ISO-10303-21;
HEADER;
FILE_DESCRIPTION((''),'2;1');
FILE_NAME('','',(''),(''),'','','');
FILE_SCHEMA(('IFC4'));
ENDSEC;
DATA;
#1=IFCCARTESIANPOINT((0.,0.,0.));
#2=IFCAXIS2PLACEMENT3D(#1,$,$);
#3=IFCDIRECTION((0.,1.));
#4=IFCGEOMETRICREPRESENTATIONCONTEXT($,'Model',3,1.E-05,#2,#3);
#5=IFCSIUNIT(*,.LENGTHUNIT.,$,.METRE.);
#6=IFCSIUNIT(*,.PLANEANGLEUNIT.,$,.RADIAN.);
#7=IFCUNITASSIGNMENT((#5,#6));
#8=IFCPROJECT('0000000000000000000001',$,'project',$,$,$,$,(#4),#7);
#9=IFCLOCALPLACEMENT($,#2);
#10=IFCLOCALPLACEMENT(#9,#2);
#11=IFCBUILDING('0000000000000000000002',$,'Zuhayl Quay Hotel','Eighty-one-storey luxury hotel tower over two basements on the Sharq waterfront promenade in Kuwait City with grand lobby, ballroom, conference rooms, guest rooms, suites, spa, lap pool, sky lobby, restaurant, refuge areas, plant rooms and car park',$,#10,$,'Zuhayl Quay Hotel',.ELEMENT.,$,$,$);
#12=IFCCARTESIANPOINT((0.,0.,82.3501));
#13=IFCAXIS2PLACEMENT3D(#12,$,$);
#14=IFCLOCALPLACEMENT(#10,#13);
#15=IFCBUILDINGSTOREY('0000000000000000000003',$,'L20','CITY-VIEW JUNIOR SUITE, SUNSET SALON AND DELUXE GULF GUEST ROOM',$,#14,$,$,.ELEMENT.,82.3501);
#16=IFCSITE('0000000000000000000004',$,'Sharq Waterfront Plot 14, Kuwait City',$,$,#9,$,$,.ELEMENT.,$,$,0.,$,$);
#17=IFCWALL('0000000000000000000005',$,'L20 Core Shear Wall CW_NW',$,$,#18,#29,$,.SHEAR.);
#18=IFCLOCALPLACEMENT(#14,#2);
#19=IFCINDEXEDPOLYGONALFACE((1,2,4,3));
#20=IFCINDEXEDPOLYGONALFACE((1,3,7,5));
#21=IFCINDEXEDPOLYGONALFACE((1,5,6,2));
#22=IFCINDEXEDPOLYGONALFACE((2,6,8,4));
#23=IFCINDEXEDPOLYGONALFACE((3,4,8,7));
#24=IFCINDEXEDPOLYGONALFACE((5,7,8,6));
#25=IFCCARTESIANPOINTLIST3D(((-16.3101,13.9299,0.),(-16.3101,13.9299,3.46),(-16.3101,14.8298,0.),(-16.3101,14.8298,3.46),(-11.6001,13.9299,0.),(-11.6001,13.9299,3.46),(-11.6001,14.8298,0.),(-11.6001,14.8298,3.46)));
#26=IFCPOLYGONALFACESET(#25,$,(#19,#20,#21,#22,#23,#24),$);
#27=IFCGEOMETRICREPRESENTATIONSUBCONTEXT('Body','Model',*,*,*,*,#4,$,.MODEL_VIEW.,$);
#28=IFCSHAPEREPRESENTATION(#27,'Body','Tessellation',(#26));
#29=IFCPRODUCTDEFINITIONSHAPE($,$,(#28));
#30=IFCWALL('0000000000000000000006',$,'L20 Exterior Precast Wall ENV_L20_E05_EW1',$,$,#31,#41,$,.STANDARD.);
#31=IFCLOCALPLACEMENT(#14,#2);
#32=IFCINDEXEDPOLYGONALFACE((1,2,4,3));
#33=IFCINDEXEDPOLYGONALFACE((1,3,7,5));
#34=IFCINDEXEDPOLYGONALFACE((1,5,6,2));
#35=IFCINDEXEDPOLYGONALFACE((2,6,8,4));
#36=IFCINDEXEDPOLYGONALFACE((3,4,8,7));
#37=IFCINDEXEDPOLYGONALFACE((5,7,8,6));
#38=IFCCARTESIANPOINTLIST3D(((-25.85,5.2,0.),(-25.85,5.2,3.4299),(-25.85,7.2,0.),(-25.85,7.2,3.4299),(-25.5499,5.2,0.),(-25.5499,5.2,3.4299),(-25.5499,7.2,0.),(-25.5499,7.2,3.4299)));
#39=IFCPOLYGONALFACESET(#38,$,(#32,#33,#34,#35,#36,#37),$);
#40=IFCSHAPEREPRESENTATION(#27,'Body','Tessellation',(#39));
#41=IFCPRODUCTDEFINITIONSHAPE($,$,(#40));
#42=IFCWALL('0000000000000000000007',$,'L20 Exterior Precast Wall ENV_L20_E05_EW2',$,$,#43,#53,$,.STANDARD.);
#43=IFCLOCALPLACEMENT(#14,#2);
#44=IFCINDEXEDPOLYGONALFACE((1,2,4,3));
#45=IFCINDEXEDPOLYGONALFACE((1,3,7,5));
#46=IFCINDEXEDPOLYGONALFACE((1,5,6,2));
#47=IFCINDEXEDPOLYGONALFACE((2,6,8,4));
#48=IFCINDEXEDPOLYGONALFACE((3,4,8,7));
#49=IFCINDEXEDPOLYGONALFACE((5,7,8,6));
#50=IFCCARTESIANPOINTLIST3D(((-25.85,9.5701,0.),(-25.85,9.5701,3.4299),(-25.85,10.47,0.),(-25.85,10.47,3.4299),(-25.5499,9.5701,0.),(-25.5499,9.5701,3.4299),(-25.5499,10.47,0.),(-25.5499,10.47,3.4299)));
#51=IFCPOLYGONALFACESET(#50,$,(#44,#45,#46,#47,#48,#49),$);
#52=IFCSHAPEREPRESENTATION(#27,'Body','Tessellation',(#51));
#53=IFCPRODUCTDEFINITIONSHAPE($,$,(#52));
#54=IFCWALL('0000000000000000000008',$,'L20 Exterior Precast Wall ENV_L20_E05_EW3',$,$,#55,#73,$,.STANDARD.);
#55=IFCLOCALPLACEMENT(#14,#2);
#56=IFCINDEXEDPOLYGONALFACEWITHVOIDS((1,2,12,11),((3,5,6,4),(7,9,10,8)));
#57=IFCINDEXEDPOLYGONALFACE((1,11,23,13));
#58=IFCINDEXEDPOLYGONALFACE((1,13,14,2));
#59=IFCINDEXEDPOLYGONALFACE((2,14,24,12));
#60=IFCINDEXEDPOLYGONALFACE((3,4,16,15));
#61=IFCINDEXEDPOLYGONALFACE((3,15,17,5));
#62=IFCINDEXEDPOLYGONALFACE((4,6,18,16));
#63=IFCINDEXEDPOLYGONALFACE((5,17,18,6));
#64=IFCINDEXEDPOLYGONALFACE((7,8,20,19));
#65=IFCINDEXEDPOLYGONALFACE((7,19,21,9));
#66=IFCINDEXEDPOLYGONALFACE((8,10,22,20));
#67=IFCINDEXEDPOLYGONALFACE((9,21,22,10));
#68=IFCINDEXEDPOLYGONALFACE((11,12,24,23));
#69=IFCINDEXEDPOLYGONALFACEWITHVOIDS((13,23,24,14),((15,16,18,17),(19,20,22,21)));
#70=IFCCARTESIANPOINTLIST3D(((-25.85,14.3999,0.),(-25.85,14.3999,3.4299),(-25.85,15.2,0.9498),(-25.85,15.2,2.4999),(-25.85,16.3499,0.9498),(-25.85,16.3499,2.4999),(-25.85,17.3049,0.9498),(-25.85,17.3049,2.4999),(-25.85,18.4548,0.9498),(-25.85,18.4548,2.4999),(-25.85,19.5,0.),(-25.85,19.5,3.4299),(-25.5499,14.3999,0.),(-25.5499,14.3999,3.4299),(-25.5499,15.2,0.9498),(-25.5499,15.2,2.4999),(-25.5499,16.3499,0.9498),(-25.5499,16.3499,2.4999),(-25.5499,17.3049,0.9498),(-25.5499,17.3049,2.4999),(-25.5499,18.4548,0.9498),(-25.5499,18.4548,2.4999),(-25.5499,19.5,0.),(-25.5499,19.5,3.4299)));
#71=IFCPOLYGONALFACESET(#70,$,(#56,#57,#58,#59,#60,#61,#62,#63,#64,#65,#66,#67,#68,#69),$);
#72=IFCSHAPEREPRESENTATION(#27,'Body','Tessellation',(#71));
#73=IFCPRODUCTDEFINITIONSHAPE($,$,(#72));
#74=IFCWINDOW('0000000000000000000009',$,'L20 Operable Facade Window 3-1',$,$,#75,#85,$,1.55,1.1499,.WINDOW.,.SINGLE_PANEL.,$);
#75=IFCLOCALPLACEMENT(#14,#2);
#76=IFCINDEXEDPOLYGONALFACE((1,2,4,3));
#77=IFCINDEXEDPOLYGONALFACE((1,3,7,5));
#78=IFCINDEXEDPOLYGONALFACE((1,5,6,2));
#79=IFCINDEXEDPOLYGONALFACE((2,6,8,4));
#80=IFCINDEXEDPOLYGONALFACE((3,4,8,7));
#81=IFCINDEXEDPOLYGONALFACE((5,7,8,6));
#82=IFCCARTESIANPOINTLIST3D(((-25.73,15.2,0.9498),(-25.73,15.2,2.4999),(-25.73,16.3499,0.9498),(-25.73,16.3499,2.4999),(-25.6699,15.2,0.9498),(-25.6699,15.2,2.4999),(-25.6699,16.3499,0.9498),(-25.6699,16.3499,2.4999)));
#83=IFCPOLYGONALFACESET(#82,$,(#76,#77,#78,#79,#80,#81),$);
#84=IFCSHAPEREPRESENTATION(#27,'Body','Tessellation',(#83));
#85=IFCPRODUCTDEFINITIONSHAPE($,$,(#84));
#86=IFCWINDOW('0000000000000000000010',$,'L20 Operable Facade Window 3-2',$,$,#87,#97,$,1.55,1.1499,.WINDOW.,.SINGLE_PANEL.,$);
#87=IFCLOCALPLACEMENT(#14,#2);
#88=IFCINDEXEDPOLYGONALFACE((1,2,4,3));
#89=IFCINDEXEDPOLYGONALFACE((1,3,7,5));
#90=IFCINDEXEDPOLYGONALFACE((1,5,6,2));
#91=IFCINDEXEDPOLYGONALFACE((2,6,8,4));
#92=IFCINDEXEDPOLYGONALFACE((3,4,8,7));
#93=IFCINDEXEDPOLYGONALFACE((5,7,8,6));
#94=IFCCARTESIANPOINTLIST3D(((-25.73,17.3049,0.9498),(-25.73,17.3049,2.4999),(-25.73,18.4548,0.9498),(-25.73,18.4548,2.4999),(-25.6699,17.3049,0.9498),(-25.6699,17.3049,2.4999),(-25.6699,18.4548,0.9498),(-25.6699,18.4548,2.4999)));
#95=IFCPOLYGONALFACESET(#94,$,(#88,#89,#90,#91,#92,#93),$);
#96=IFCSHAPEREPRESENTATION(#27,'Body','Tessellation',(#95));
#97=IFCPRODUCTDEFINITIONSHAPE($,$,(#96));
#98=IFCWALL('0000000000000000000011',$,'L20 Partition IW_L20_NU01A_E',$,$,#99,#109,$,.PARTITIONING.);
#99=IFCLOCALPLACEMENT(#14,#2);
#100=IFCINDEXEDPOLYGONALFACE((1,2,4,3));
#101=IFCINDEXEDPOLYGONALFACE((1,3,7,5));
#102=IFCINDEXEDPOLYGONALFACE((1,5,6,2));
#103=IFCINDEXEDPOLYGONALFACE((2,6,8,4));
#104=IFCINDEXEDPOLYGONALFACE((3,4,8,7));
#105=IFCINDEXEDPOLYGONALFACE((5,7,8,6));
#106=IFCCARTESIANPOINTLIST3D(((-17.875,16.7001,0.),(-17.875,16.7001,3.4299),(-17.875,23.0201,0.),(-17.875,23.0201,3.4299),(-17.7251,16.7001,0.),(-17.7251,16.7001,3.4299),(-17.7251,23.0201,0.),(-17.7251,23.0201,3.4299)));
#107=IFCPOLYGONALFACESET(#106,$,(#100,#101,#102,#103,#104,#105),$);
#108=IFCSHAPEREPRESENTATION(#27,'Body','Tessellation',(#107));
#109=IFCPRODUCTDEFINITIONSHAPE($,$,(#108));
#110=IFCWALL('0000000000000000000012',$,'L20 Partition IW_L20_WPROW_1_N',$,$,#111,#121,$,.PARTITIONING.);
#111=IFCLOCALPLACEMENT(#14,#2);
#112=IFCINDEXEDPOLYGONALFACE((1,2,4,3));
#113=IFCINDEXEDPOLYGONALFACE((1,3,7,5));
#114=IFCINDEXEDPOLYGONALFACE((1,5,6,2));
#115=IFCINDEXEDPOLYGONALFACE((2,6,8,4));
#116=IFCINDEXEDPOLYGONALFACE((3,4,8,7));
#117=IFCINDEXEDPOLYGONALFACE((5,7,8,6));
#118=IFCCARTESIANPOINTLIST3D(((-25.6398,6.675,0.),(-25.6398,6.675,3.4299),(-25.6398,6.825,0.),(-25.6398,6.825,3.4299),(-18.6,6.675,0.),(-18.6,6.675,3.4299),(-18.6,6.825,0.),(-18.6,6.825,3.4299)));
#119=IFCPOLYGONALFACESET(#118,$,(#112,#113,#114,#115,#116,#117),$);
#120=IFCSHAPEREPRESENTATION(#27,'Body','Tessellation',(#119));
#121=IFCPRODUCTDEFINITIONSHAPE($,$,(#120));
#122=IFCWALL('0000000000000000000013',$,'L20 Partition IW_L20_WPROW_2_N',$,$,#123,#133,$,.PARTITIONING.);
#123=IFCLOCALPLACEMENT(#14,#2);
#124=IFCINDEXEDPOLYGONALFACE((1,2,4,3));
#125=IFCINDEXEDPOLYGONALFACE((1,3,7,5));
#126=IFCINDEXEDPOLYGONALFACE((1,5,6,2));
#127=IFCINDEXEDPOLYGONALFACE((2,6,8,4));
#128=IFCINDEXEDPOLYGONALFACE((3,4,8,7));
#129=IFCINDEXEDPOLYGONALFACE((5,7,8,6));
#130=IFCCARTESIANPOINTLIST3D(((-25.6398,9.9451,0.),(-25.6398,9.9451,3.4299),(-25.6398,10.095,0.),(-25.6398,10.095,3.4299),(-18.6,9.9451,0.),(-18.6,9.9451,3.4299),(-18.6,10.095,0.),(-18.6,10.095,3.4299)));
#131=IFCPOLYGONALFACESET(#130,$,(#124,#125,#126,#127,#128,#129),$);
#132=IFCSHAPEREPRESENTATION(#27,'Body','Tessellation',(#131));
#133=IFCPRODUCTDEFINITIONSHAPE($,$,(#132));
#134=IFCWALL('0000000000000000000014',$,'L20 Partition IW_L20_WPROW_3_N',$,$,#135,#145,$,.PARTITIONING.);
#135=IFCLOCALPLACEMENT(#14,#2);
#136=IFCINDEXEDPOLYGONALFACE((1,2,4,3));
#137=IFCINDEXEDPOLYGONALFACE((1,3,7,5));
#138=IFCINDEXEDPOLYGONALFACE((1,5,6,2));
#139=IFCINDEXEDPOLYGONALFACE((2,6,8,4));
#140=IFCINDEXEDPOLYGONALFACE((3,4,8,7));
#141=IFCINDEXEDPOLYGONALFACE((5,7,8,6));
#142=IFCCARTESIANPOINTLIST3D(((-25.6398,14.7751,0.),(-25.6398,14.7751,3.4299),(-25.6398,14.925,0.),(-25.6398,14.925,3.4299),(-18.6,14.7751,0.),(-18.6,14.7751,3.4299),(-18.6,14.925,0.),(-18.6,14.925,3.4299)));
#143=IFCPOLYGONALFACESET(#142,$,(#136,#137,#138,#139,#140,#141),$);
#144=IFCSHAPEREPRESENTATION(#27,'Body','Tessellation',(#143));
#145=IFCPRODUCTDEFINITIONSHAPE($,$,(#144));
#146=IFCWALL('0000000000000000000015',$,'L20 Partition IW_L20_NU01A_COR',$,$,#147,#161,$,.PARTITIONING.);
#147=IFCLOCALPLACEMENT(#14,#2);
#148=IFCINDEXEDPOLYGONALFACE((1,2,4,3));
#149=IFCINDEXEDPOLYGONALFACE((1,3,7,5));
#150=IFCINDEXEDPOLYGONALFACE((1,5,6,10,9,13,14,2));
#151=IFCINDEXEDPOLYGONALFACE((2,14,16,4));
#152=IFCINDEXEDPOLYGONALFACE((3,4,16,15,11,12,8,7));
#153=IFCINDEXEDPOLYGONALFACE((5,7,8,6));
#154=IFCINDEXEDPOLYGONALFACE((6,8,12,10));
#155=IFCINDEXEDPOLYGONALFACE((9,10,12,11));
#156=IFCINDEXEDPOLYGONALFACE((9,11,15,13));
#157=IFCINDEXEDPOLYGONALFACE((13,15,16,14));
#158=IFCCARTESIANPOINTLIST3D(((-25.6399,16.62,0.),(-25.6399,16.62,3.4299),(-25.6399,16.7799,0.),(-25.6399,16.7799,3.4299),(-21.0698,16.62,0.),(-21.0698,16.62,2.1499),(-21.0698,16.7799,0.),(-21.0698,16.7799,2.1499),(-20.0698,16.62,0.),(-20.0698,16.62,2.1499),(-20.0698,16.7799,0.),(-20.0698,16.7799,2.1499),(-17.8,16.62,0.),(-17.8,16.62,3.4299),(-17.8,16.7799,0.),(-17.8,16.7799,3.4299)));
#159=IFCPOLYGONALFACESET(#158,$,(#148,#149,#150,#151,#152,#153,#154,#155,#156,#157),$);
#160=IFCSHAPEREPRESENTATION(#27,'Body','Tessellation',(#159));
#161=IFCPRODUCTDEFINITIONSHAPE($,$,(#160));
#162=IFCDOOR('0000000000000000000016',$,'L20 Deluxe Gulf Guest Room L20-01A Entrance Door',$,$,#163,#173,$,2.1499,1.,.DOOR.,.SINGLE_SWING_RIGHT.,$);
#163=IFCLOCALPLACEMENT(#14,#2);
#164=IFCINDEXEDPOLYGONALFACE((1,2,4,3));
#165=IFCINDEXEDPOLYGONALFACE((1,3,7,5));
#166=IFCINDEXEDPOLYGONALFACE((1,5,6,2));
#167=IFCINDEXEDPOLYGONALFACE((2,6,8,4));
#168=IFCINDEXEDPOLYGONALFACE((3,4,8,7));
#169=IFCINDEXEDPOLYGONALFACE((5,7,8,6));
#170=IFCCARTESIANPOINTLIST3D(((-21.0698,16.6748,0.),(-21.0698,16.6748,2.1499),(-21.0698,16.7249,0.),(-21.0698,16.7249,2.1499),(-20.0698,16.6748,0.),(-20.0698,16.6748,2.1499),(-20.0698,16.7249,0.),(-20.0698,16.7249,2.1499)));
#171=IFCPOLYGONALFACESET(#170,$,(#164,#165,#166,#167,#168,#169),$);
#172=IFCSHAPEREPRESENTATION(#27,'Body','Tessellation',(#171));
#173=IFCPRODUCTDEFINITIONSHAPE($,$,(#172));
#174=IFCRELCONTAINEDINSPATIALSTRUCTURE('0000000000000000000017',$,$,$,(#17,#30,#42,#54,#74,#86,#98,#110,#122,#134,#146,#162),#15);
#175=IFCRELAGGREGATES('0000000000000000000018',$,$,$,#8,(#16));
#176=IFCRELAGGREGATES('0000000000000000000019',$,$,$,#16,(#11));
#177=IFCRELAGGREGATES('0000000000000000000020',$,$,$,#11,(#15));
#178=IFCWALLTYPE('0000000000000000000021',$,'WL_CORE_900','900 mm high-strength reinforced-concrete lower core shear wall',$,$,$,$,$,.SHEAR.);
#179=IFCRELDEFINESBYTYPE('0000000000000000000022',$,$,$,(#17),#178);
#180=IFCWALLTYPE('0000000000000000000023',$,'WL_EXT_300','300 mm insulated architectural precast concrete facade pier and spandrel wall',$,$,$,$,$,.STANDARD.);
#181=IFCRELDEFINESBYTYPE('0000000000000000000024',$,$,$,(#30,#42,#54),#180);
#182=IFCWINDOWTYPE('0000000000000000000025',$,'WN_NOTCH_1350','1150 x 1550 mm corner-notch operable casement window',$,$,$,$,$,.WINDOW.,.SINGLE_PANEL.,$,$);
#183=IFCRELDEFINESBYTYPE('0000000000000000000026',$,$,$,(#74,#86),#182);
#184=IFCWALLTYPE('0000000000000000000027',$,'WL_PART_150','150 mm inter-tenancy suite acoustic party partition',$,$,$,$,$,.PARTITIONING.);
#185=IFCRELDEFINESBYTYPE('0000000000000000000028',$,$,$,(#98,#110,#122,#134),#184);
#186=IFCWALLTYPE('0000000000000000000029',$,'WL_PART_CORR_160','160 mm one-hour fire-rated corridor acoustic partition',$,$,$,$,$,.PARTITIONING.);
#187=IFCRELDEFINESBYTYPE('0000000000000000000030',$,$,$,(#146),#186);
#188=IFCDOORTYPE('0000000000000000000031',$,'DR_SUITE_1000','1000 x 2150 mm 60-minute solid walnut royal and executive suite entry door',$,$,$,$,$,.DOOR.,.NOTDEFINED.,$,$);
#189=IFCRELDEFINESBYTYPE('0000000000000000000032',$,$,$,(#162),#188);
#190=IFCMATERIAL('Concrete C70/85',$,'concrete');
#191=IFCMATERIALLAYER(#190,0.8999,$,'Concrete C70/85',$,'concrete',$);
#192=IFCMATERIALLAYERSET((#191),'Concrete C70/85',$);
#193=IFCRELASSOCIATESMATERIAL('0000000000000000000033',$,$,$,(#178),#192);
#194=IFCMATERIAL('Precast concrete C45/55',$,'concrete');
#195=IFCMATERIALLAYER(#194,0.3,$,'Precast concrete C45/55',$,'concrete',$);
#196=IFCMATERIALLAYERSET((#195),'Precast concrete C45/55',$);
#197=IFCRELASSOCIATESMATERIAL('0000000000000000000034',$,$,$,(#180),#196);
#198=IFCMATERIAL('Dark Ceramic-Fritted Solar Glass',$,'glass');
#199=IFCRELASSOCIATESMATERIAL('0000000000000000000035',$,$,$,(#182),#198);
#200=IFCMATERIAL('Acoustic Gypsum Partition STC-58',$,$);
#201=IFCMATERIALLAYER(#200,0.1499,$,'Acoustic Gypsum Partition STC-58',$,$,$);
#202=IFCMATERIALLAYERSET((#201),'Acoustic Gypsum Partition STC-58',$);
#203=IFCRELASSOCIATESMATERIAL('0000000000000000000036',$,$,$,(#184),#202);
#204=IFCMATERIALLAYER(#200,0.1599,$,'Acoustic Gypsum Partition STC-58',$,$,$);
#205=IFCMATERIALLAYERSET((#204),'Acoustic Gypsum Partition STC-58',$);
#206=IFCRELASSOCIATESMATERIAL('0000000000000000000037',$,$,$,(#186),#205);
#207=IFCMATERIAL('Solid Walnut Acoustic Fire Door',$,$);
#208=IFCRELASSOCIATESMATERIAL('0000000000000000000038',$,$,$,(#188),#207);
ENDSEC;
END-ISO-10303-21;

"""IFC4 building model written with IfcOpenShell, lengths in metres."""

from ifc_helpers import new_model, si_unit, direction, frame, frame_2d, origin, place, context, subcontext, project, spatial, rectangle, extrude, material, layer, layer_set, type_object, element, fill, save


model = new_model("IFC4")

# Units and contexts
model_context = context("Model", 3, precision=1e-05, world=origin(), true_north=direction((0.0, 1.0)))
body_context = subcontext(model_context, "Body", "Model", "MODEL_VIEW")
ifc_project = project(units=[si_unit("LENGTHUNIT", "METRE"), si_unit("PLANEANGLEUNIT", "RADIAN")], contexts=[model_context])

# Site, building, storey
site_placement = place(None, origin())
site = spatial("IfcSite", under=ifc_project, at=site_placement, Name="Sharq Waterfront Plot 14, Kuwait City", CompositionType="ELEMENT", RefElevation=0.0)
building_placement = place(site_placement, origin())
building = spatial("IfcBuilding", under=site, at=building_placement, Name="Zuhayl Quay Hotel", Description="Eighty-one-storey luxury hotel tower over two basements on the Sharq waterfront promenade in Kuwait City with grand lobby, ballroom, conference rooms, guest rooms, suites, spa, lap pool, sky lobby, restaurant, refuge areas, plant rooms and car park", LongName="Zuhayl Quay Hotel", CompositionType="ELEMENT")
storey_placement = place(building_placement, frame((0.0, 0.0, 82.3501)))
storey = spatial("IfcBuildingStorey", under=building, at=storey_placement, Name="L20", Description="CITY-VIEW JUNIOR SUITE, SUNSET SALON AND DELUXE GULF GUEST ROOM", CompositionType="ELEMENT", Elevation=82.3501)

# Shared definitions
ifc_material_1 = material(Name="Concrete C70/85", Category="concrete")

# Shared definitions
ifc_material_2 = material(Name="Dark Ceramic-Fritted Solar Glass", Category="glass")

# Walls
ifc_layer_1 = layer(ifc_material_1, 0.8999, Name="Concrete C70/85", Category="concrete")
ifc_layer_set_1 = layer_set([ifc_layer_1], Name="Concrete C70/85")
wall_type_1 = type_object("IfcWallType", Name="WL_CORE_900", Description="900 mm high-strength reinforced-concrete lower core shear wall", PredefinedType="SHEAR", material=ifc_layer_set_1)
wall_1_placement = place(storey_placement, frame((-16.3101, 14.3799, 0.0), z_axis=(0.0, 0.0, 1.0), x_axis=(1.0, 0.0, 0.0)))
element("IfcWall", 1, at=wall_1_placement, inside=storey, type_object=wall_type_1, Name="L20 Core Shear Wall CW_NW", PredefinedType="SHEAR", context=body_context, shape_type="SweptSolid", body=[
    extrude(rectangle(XDim=4.71, YDim=0.8999, at=frame_2d((2.355, 0.0))), origin(), (0.0, 0.0, 1.0), 3.46),
])
ifc_material_3 = material(Name="Precast concrete C45/55", Category="concrete")
ifc_layer_2 = layer(ifc_material_3, 0.3, Name="Precast concrete C45/55", Category="concrete")
ifc_layer_set_2 = layer_set([ifc_layer_2], Name="Precast concrete C45/55")
wall_type_2 = type_object("IfcWallType", Name="WL_EXT_300", Description="300 mm insulated architectural precast concrete facade pier and spandrel wall", PredefinedType="STANDARD", material=ifc_layer_set_2)
wall_2_placement = place(storey_placement, frame((-25.7, 5.2, 0.0), z_axis=(0.0, 0.0, 1.0), x_axis=(0.0, 1.0, 0.0)))
element("IfcWall", 2, at=wall_2_placement, inside=storey, type_object=wall_type_2, Name="L20 Exterior Precast Wall ENV_L20_E05_EW1", PredefinedType="STANDARD", context=body_context, shape_type="SweptSolid", body=[
    extrude(rectangle(XDim=2.0, YDim=0.3, at=frame_2d((1.0, 0.0))), origin(), (0.0, 0.0, 1.0), 3.4299),
])
wall_3_placement = place(storey_placement, frame((-25.7, 9.5701, 0.0), z_axis=(0.0, 0.0, 1.0), x_axis=(0.0, 1.0, 0.0)))
element("IfcWall", 3, at=wall_3_placement, inside=storey, type_object=wall_type_2, Name="L20 Exterior Precast Wall ENV_L20_E05_EW2", PredefinedType="STANDARD", context=body_context, shape_type="SweptSolid", body=[
    extrude(rectangle(XDim=0.8999, YDim=0.3, at=frame_2d((0.45, 0.0))), origin(), (0.0, 0.0, 1.0), 3.4299),
])

# Wall, openings, windows
wall_4_placement = place(storey_placement, frame((-25.7, 14.3999, 0.0), z_axis=(0.0, 0.0, 1.0), x_axis=(0.0, 1.0, 0.0)))
wall_4 = element("IfcWall", 4, at=wall_4_placement, inside=storey, type_object=wall_type_2, Name="L20 Exterior Precast Wall ENV_L20_E05_EW3", PredefinedType="STANDARD", context=body_context, shape_type="SweptSolid", body=[
    extrude(rectangle(XDim=5.1001, YDim=0.3, at=frame_2d((2.55, 0.0))), origin(), (0.0, 0.0, 1.0), 3.4299),
])
opening_1_placement = place(wall_4_placement, frame((0.8, 0.0, 0.95)))
opening_1 = element("IfcOpeningElement", 5, at=opening_1_placement, cuts=wall_4, PredefinedType="OPENING", context=body_context, shape_type="SweptSolid", body=[
    extrude(rectangle(XDim=1.1499, YDim=1.55, at=frame_2d((0.575, 0.7749))), frame((0.0, 0.1599, 0.0), z_axis=(0.0, -1.0, 0.0), x_axis=(1.0, 0.0, 0.0)), (0.0, 0.0, 1.0), 0.3201),
])
opening_2_placement = place(wall_4_placement, frame((2.905, 0.0, 0.95)))
opening_2 = element("IfcOpeningElement", 6, at=opening_2_placement, cuts=wall_4, PredefinedType="OPENING", context=body_context, shape_type="SweptSolid", body=[
    extrude(rectangle(XDim=1.1499, YDim=1.55, at=frame_2d((0.575, 0.7749))), frame((0.0, 0.1599, 0.0), z_axis=(0.0, -1.0, 0.0), x_axis=(1.0, 0.0, 0.0)), (0.0, 0.0, 1.0), 0.3201),
])
window_type = type_object("IfcWindowType", Name="WN_NOTCH_1350", Description="1150 x 1550 mm corner-notch operable casement window", PartitioningType="SINGLE_PANEL", PredefinedType="WINDOW", material=ifc_material_2)
window_1_placement = place(opening_1_placement, origin())
window_1 = element("IfcWindow", 7, at=window_1_placement, inside=storey, type_object=window_type, Name="L20 Operable Facade Window 3-1", OverallHeight=1.55, OverallWidth=1.1499, PartitioningType="SINGLE_PANEL", PredefinedType="WINDOW", context=body_context, shape_type="SweptSolid", body=[
    extrude(rectangle(XDim=1.1499, YDim=1.55, at=frame_2d((0.575, 0.7749))), frame((0.0, 0.03, 0.0), z_axis=(0.0, -1.0, 0.0), x_axis=(1.0, 0.0, 0.0)), (0.0, 0.0, 1.0), 0.0601),
])
fill(opening_1, window_1)
window_2_placement = place(opening_2_placement, origin())
window_2 = element("IfcWindow", 8, at=window_2_placement, inside=storey, type_object=window_type, Name="L20 Operable Facade Window 3-2", OverallHeight=1.55, OverallWidth=1.1499, PartitioningType="SINGLE_PANEL", PredefinedType="WINDOW", context=body_context, shape_type="SweptSolid", body=[
    extrude(rectangle(XDim=1.1499, YDim=1.55, at=frame_2d((0.575, 0.7749))), frame((0.0, 0.03, 0.0), z_axis=(0.0, -1.0, 0.0), x_axis=(1.0, 0.0, 0.0)), (0.0, 0.0, 1.0), 0.0601),
])
fill(opening_2, window_2)

# Walls
ifc_material_4 = material(Name="Acoustic Gypsum Partition STC-58")
ifc_layer_3 = layer(ifc_material_4, 0.1499, Name="Acoustic Gypsum Partition STC-58")
ifc_layer_set_3 = layer_set([ifc_layer_3], Name="Acoustic Gypsum Partition STC-58")
wall_type_3 = type_object("IfcWallType", Name="WL_PART_150", Description="150 mm inter-tenancy suite acoustic party partition", PredefinedType="PARTITIONING", material=ifc_layer_set_3)
wall_5_placement = place(storey_placement, frame((-17.8, 16.7, 0.0), z_axis=(0.0, 0.0, 1.0), x_axis=(0.0, 1.0, 0.0)))
element("IfcWall", 9, at=wall_5_placement, inside=storey, type_object=wall_type_3, Name="L20 Partition IW_L20_NU01A_E", PredefinedType="PARTITIONING", context=body_context, shape_type="SweptSolid", body=[
    extrude(rectangle(XDim=6.3201, YDim=0.1499, at=frame_2d((3.1602, 0.0))), origin(), (0.0, 0.0, 1.0), 3.4299),
])
for number, where, z_axis, x_axis, name in (
    (10, (-25.6399, 6.75, 0.0), (0.0, 0.0, 1.0), (1.0, 0.0, 0.0), "L20 Partition IW_L20_WPROW_1_N"),
    (11, (-25.6399, 10.02, 0.0), (0.0, 0.0, 1.0), (1.0, 0.0, 0.0), "L20 Partition IW_L20_WPROW_2_N"),
    (12, (-25.6399, 14.8501, 0.0), (0.0, 0.0, 1.0), (1.0, 0.0, 0.0), "L20 Partition IW_L20_WPROW_3_N"),
):
    element("IfcWall", number, at=place(storey_placement, frame(where, z_axis=z_axis, x_axis=x_axis)), inside=storey, type_object=wall_type_3, Name=name, PredefinedType="PARTITIONING", context=body_context, shape_type="SweptSolid", body=[
        extrude(rectangle(XDim=7.0398, YDim=0.1499, at=frame_2d((3.52, 0.0))), origin(), (0.0, 0.0, 1.0), 3.4299),
    ])

# Wall, opening, door
ifc_layer_4 = layer(ifc_material_4, 0.1599, Name="Acoustic Gypsum Partition STC-58")
ifc_layer_set_4 = layer_set([ifc_layer_4], Name="Acoustic Gypsum Partition STC-58")
wall_type_4 = type_object("IfcWallType", Name="WL_PART_CORR_160", Description="160 mm one-hour fire-rated corridor acoustic partition", PredefinedType="PARTITIONING", material=ifc_layer_set_4)
wall_6_placement = place(storey_placement, frame((-25.6399, 16.7, 0.0), z_axis=(0.0, 0.0, 1.0), x_axis=(1.0, 0.0, 0.0)))
wall_6 = element("IfcWall", 13, at=wall_6_placement, inside=storey, type_object=wall_type_4, Name="L20 Partition IW_L20_NU01A_COR", PredefinedType="PARTITIONING", context=body_context, shape_type="SweptSolid", body=[
    extrude(rectangle(XDim=7.8398, YDim=0.1599, at=frame_2d((3.9199, 0.0))), origin(), (0.0, 0.0, 1.0), 3.4299),
])
opening_3_placement = place(wall_6_placement, frame((4.5701, 0.0, 0.0)))
opening_3 = element("IfcOpeningElement", 14, at=opening_3_placement, cuts=wall_6, PredefinedType="OPENING", context=body_context, shape_type="SweptSolid", body=[
    extrude(rectangle(XDim=1.0, YDim=2.1499, at=frame_2d((0.5, 1.075))), frame((0.0, 0.0898, 0.0), z_axis=(0.0, -1.0, 0.0), x_axis=(1.0, 0.0, 0.0)), (0.0, 0.0, 1.0), 0.1799),
])
ifc_material_5 = material(Name="Solid Walnut Acoustic Fire Door")
door_type_1 = type_object("IfcDoorType", Name="DR_SUITE_1000", Description="1000 x 2150 mm 60-minute solid walnut royal and executive suite entry door", OperationType="NOTDEFINED", PredefinedType="DOOR", material=ifc_material_5)
door_1_placement = place(opening_3_placement, origin())
door_1 = element("IfcDoor", 15, at=door_1_placement, inside=storey, type_object=door_type_1, Name="L20 Deluxe Gulf Guest Room L20-01A Entrance Door", OperationType="SINGLE_SWING_RIGHT", OverallHeight=2.1499, OverallWidth=1.0, PredefinedType="DOOR", context=body_context, shape_type="SweptSolid", body=[
    extrude(rectangle(XDim=1.0, YDim=2.1499, at=frame_2d((0.5, 1.075))), frame((0.0, 0.0249, 0.0), z_axis=(0.0, -1.0, 0.0), x_axis=(1.0, 0.0, 0.0)), (0.0, 0.0, 1.0), 0.05),
])
fill(opening_3, door_1)

save(model, "model.ifc")
